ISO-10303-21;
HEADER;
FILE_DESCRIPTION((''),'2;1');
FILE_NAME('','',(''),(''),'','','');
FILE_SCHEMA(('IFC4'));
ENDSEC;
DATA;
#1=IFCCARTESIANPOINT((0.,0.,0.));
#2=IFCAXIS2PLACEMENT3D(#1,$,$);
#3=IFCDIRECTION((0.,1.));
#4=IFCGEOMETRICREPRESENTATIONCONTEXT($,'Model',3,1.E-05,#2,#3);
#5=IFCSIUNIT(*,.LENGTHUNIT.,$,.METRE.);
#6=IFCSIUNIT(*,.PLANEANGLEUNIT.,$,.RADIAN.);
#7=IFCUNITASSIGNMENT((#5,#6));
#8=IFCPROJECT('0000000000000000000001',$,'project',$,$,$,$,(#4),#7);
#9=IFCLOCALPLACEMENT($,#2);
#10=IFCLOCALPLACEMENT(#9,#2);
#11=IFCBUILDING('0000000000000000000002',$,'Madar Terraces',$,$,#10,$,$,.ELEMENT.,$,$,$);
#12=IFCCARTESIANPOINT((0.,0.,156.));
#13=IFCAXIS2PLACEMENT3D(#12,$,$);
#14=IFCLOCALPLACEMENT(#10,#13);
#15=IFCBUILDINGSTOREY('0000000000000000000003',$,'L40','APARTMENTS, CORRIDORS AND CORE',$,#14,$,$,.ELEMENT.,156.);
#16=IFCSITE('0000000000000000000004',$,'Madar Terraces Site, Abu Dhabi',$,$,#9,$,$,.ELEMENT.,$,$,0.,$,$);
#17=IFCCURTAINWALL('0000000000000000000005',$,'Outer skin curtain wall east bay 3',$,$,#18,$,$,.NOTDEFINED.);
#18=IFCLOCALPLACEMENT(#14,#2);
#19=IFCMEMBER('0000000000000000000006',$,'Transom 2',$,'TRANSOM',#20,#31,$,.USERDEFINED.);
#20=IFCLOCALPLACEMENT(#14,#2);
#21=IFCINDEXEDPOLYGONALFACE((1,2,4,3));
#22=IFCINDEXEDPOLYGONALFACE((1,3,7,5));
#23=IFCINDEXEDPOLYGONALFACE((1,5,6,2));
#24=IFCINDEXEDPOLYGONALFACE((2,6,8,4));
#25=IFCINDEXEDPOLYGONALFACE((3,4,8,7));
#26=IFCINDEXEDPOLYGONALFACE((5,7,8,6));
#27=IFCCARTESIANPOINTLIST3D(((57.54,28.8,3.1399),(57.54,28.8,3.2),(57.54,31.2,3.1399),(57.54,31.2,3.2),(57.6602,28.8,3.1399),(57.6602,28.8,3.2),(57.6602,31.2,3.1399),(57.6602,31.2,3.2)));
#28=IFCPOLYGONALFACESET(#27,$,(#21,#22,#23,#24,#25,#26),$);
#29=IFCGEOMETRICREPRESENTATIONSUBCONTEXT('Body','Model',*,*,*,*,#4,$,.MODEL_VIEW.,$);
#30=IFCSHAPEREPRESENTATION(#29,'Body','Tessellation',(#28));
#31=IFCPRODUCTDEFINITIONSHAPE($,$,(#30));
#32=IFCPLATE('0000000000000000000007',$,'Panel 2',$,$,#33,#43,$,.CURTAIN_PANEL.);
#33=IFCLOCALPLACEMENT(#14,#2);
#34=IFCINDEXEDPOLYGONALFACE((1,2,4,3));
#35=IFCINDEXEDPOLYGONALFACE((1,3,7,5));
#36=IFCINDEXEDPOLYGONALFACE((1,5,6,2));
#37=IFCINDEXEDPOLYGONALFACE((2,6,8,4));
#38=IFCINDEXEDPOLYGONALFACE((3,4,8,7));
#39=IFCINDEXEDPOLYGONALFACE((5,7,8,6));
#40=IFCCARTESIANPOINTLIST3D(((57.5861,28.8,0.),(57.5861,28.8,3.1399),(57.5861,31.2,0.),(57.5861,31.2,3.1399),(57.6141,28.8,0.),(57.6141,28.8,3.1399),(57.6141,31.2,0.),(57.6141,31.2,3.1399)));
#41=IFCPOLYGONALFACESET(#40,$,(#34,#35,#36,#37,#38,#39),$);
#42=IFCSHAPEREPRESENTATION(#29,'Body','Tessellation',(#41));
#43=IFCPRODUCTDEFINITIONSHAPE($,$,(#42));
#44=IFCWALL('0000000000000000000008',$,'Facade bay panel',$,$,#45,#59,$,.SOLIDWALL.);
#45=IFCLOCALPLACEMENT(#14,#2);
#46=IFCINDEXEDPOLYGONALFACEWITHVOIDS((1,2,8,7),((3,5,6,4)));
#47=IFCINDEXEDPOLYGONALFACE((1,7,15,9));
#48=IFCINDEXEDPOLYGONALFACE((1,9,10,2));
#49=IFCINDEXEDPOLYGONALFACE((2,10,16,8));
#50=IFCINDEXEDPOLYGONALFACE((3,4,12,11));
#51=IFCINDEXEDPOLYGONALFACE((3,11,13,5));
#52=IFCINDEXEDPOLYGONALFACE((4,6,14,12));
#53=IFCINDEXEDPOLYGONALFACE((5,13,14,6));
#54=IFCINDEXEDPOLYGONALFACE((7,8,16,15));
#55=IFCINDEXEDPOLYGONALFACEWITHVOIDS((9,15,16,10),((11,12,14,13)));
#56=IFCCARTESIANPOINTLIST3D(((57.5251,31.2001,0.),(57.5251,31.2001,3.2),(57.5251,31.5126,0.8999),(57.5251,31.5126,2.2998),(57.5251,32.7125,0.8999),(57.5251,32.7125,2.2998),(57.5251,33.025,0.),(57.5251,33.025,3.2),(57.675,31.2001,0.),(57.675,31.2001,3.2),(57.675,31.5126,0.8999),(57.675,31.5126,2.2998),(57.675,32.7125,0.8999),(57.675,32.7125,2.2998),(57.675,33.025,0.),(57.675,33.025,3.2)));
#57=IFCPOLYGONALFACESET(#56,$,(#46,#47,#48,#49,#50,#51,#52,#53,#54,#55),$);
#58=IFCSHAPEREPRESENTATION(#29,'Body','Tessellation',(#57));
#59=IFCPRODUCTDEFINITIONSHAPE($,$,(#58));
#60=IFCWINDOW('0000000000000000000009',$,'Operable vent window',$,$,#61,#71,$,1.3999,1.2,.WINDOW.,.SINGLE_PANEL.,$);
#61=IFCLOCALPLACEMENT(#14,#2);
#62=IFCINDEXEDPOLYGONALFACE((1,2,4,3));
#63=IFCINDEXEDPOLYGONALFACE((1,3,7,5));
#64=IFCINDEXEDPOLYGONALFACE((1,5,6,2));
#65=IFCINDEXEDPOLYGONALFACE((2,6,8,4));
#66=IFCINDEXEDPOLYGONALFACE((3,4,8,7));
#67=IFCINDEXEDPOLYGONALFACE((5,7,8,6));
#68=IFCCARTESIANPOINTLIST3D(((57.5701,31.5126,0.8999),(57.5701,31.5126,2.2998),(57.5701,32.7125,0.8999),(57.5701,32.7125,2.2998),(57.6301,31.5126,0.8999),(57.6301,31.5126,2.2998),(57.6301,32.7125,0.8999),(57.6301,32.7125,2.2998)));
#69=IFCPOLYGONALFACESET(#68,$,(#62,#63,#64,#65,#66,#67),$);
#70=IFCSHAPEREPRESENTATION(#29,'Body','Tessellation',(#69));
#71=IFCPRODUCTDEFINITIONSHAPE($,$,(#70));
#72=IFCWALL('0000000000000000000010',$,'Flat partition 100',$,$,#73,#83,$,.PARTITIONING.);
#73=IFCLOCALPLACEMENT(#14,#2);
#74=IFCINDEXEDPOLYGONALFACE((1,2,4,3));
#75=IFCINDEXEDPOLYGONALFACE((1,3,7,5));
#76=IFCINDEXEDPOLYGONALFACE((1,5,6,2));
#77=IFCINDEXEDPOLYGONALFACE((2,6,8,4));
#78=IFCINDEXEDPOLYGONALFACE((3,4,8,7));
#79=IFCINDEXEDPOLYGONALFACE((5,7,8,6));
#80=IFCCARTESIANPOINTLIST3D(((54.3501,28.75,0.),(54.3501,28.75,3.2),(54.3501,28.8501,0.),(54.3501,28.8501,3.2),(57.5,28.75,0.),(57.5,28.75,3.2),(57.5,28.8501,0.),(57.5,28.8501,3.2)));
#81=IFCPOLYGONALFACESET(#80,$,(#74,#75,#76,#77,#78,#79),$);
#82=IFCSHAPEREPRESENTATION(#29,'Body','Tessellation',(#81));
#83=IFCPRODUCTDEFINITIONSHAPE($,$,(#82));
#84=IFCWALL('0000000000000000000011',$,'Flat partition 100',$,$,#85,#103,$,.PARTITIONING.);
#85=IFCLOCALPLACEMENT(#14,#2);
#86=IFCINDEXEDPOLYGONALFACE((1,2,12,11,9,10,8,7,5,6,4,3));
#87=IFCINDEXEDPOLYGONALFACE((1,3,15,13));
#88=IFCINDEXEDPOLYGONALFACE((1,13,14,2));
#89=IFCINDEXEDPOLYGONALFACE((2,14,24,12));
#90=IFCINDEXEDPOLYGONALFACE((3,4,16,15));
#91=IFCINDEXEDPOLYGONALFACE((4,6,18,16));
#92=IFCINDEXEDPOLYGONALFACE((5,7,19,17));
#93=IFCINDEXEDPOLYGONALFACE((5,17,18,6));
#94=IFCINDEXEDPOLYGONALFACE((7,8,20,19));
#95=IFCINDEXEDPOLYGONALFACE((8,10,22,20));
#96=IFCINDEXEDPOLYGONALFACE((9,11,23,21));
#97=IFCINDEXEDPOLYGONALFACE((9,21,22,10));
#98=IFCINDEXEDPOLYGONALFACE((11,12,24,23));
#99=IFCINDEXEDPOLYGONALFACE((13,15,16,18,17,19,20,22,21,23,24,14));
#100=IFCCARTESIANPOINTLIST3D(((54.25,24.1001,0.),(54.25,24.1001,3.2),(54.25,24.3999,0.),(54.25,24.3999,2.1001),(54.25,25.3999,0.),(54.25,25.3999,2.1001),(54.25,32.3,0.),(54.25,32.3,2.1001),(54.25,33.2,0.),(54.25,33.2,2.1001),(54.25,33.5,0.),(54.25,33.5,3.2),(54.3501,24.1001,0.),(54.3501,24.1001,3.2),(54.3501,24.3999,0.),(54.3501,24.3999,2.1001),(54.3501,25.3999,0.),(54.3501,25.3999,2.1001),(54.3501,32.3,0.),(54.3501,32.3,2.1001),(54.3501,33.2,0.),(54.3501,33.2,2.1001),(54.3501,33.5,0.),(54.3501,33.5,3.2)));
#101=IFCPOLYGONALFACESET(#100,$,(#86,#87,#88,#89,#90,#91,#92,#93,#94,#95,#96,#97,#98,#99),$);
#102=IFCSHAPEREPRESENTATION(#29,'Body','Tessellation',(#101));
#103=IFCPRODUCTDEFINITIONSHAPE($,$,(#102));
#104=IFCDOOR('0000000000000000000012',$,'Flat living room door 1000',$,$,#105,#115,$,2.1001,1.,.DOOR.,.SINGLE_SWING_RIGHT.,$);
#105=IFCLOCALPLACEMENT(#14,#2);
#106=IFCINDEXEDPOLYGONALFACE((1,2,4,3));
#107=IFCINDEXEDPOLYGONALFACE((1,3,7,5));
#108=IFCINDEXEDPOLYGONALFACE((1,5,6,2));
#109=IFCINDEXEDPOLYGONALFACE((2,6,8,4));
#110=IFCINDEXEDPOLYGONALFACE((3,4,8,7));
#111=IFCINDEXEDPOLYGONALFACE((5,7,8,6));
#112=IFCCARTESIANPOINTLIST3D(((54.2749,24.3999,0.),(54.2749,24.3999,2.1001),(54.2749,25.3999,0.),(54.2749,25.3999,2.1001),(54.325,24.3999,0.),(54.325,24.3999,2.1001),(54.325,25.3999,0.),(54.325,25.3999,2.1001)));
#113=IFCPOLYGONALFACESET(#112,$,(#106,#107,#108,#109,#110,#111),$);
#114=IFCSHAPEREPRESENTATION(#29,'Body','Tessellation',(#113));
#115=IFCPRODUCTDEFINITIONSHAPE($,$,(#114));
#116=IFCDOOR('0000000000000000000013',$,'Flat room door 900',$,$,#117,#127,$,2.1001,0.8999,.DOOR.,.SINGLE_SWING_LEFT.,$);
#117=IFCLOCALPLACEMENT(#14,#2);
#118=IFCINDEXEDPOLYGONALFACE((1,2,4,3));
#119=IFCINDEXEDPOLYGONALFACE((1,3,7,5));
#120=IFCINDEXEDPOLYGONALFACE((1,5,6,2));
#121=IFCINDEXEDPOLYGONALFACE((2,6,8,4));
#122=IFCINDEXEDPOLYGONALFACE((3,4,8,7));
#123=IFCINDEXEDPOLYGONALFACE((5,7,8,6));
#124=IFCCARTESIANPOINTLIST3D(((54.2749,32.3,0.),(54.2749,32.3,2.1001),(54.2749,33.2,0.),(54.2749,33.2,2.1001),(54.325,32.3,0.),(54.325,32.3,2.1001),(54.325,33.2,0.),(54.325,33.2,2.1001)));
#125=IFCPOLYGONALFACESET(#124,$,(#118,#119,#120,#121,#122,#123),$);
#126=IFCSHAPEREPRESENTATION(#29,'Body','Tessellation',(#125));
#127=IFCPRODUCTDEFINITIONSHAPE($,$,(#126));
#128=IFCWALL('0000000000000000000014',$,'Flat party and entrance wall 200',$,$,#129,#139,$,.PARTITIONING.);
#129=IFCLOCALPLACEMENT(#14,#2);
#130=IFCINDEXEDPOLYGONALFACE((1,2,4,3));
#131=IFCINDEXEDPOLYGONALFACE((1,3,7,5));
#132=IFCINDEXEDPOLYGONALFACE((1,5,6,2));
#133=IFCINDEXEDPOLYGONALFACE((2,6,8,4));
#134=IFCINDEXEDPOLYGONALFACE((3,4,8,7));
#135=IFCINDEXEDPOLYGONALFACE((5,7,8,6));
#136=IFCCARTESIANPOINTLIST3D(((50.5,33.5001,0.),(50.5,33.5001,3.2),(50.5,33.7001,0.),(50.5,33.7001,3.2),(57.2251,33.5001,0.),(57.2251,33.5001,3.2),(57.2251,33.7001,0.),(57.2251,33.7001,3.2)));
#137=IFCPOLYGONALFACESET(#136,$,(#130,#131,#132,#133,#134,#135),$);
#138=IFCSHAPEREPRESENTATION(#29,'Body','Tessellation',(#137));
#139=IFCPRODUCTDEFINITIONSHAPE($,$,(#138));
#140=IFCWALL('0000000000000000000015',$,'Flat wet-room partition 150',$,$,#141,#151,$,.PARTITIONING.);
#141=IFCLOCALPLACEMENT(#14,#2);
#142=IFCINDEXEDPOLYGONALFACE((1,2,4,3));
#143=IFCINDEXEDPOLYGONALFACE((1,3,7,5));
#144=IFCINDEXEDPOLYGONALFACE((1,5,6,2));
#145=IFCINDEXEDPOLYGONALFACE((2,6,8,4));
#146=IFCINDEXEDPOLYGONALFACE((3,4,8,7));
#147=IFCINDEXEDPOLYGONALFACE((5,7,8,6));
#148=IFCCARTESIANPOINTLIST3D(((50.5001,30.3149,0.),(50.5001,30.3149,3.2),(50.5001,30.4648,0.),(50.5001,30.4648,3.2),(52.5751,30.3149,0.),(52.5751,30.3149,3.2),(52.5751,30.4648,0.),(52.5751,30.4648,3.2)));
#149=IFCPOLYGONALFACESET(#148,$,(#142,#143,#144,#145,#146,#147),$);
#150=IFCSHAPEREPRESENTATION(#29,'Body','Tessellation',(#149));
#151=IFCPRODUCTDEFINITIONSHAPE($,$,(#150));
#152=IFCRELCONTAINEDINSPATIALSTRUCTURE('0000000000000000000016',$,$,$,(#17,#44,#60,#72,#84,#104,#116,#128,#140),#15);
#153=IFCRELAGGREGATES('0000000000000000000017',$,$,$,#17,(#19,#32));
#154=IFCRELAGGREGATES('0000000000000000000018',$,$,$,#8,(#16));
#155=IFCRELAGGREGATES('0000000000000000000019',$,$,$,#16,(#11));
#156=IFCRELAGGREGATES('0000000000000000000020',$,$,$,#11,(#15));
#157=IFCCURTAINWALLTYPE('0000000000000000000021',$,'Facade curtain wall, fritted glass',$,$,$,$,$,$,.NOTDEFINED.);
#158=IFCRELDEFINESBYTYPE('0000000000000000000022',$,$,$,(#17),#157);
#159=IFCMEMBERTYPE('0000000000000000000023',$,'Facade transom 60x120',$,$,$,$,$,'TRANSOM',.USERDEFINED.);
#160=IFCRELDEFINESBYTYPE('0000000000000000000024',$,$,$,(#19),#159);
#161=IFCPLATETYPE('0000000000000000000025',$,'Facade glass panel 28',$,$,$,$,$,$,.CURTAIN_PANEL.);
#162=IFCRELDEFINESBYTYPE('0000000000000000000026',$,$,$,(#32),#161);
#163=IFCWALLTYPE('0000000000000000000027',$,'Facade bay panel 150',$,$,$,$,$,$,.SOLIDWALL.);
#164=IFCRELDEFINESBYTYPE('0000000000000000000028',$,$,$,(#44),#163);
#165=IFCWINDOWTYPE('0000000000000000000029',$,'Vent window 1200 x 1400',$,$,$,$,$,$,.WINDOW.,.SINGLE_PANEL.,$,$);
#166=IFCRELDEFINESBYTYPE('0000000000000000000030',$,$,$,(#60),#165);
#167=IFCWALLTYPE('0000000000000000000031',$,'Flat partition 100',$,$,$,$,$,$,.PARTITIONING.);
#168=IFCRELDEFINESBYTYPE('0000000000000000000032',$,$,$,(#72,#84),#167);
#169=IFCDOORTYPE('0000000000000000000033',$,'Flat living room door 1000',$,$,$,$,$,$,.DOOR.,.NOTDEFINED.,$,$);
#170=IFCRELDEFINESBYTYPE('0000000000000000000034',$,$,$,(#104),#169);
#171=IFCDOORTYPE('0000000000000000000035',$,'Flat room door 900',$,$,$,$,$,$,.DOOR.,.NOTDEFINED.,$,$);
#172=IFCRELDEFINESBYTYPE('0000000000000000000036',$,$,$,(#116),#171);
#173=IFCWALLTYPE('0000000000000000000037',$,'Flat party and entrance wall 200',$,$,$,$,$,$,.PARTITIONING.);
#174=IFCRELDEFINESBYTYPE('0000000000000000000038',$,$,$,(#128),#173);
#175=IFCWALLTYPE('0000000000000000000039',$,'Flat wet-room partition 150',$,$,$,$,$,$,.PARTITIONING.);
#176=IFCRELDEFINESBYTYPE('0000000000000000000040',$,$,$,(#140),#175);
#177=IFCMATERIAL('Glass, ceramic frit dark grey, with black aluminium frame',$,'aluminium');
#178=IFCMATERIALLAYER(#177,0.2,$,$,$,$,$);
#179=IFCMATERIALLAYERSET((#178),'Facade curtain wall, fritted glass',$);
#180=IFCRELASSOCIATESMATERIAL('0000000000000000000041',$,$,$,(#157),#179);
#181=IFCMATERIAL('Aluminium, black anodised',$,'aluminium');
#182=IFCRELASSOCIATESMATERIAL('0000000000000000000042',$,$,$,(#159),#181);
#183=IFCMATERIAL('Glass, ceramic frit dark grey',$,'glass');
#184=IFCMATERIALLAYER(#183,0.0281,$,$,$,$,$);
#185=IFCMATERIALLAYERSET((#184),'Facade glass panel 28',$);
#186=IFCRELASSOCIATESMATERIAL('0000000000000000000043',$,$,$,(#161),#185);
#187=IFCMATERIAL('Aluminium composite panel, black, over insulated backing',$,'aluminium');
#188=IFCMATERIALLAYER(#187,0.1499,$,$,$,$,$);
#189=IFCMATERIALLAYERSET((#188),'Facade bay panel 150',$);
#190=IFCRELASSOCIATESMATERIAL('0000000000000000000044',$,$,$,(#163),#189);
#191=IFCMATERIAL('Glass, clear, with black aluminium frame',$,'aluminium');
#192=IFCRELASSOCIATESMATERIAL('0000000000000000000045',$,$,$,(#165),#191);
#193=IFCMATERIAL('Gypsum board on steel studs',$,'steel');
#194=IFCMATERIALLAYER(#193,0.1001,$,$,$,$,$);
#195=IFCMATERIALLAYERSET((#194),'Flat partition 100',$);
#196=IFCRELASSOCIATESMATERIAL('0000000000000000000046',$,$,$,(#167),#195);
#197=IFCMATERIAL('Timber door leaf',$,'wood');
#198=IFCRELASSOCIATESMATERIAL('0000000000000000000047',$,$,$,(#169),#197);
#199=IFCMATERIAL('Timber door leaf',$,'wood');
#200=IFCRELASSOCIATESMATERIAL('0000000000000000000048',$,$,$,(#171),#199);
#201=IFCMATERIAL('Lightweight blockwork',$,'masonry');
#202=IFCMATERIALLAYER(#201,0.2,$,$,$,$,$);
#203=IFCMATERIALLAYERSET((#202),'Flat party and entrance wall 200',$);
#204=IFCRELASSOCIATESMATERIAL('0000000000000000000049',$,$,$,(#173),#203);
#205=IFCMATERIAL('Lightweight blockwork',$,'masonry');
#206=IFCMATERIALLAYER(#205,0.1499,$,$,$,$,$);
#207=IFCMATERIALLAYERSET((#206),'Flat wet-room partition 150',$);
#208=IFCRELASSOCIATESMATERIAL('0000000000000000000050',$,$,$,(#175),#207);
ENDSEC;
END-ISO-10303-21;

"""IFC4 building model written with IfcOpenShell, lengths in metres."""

from ifc_helpers import new_model, si_unit, direction, frame, frame_2d, origin, origin_2d, place, context, subcontext, project, spatial, rectangle, extrude, material, layer, layer_set, material_profile, profile_set, type_object, element, fill, aggregate, save


model = new_model("IFC4")

# Units and contexts
model_context = context("Model", 3, precision=1e-05, world=origin(), true_north=direction((0.0, 1.0)))
body_context = subcontext(model_context, "Body", "Model", "MODEL_VIEW")
ifc_project = project(units=[si_unit("LENGTHUNIT", "METRE"), si_unit("PLANEANGLEUNIT", "RADIAN")], contexts=[model_context])

# Site, building, storey
site_placement = place(None, origin())
site = spatial("IfcSite", under=ifc_project, at=site_placement, Name="Madar Terraces Site, Abu Dhabi", CompositionType="ELEMENT", RefElevation=0.0)
building_placement = place(site_placement, origin())
building = spatial("IfcBuilding", under=site, at=building_placement, Name="Madar Terraces", CompositionType="ELEMENT")
storey_placement = place(building_placement, frame((0.0, 0.0, 156.0)))
storey = spatial("IfcBuildingStorey", under=building, at=storey_placement, Name="L40", Description="APARTMENTS, CORRIDORS AND CORE", CompositionType="ELEMENT", Elevation=156.0)

# Curtain wall, member, plate
ifc_material_1 = material(Name="Glass, ceramic frit dark grey, with black aluminium frame", Category="aluminium")
ifc_layer_1 = layer(ifc_material_1, 0.2)
ifc_layer_set_1 = layer_set([ifc_layer_1], Name="Facade curtain wall, fritted glass")
curtain_wall_type = type_object("IfcCurtainWallType", Name="Facade curtain wall, fritted glass", PredefinedType="NOTDEFINED", material=ifc_layer_set_1)
curtain_wall_placement = place(storey_placement, origin())
curtain_wall = element("IfcCurtainWall", 1, at=curtain_wall_placement, inside=storey, type_object=curtain_wall_type, Name="Outer skin curtain wall east bay 3", PredefinedType="NOTDEFINED")
ifc_material_2 = material(Name="Aluminium, black anodised", Category="aluminium")
ifc_material_profile = material_profile(ifc_material_2, rectangle(XDim=0.1201, YDim=0.0601, at=origin_2d()), Name="Facade transom 60x120")
ifc_profile_set = profile_set([ifc_material_profile], Name="Aluminium, black anodised")
member_type = type_object("IfcMemberType", Name="Facade transom 60x120", ElementType="TRANSOM", PredefinedType="USERDEFINED", material=ifc_profile_set)
member_placement = place(storey_placement, frame((57.6001, 28.8, 3.1699), z_axis=(0.0, 1.0, 0.0), x_axis=(-1.0, 0.0, 0.0)))
member = element("IfcMember", 2, at=member_placement, type_object=member_type, Name="Transom 2", ObjectType="TRANSOM", PredefinedType="USERDEFINED", context=body_context, shape_type="SweptSolid", body=[
    extrude(rectangle(XDim=0.1201, YDim=0.0601, at=origin_2d()), origin(), (0.0, 0.0, 1.0), 2.3999),
])
ifc_material_3 = material(Name="Glass, ceramic frit dark grey", Category="glass")
ifc_layer_2 = layer(ifc_material_3, 0.0281)
ifc_layer_set_2 = layer_set([ifc_layer_2], Name="Facade glass panel 28")
plate_type = type_object("IfcPlateType", Name="Facade glass panel 28", PredefinedType="CURTAIN_PANEL", material=ifc_layer_set_2)
plate_placement = place(storey_placement, frame((57.6001, 30.0, 0.0), z_axis=(0.0, 0.0, 1.0), x_axis=(0.0, 1.0, 0.0)))
plate = element("IfcPlate", 3, at=plate_placement, type_object=plate_type, Name="Panel 2", PredefinedType="CURTAIN_PANEL", context=body_context, shape_type="SweptSolid", body=[
    extrude(rectangle(XDim=2.3999, YDim=0.0281, at=origin_2d()), origin(), (0.0, 0.0, 1.0), 3.1399),
])
aggregate(curtain_wall, [member, plate])

# Shared definitions
ifc_material_4 = material(Name="Aluminium composite panel, black, over insulated backing", Category="aluminium")
ifc_layer_3 = layer(ifc_material_4, 0.1499)
ifc_layer_set_3 = layer_set([ifc_layer_3], Name="Facade bay panel 150")
wall_type_1 = type_object("IfcWallType", Name="Facade bay panel 150", PredefinedType="SOLIDWALL", material=ifc_layer_set_3)

# Wall, opening, window
wall_1_placement = place(storey_placement, frame((57.6001, 31.2, 0.0), z_axis=(0.0, 0.0, 1.0), x_axis=(0.0, 1.0, 0.0)))
wall_1 = element("IfcWall", 4, at=wall_1_placement, inside=storey, type_object=wall_type_1, Name="Facade bay panel", PredefinedType="SOLIDWALL", context=body_context, shape_type="SweptSolid", body=[
    extrude(rectangle(XDim=1.825, YDim=0.1499, at=frame_2d((0.9126, 0.0))), origin(), (0.0, 0.0, 1.0), 3.2),
])
opening_1_placement = place(wall_1_placement, frame((0.3125, 0.0, 0.8999)))
opening_1 = element("IfcOpeningElement", 5, at=opening_1_placement, cuts=wall_1, PredefinedType="OPENING", context=body_context, shape_type="SweptSolid", body=[
    extrude(rectangle(XDim=1.2, YDim=1.3999, at=frame_2d((0.6001, 0.7))), frame((0.0, 0.085, 0.0), z_axis=(0.0, -1.0, 0.0), x_axis=(1.0, 0.0, 0.0)), (0.0, 0.0, 1.0), 0.1699),
])
ifc_material_5 = material(Name="Glass, clear, with black aluminium frame", Category="aluminium")
window_type = type_object("IfcWindowType", Name="Vent window 1200 x 1400", PartitioningType="SINGLE_PANEL", PredefinedType="WINDOW", material=ifc_material_5)
window_placement = place(opening_1_placement, origin())
window = element("IfcWindow", 6, at=window_placement, inside=storey, type_object=window_type, Name="Operable vent window", OverallHeight=1.3999, OverallWidth=1.2, PartitioningType="SINGLE_PANEL", PredefinedType="WINDOW", context=body_context, shape_type="SweptSolid", body=[
    extrude(rectangle(XDim=1.2, YDim=1.3999, at=frame_2d((0.6001, 0.7))), frame((0.0, 0.03, 0.0), z_axis=(0.0, -1.0, 0.0), x_axis=(1.0, 0.0, 0.0)), (0.0, 0.0, 1.0), 0.0601),
])
fill(opening_1, window)

# Wall
ifc_material_6 = material(Name="Gypsum board on steel studs", Category="steel")
ifc_layer_4 = layer(ifc_material_6, 0.1001)
ifc_layer_set_4 = layer_set([ifc_layer_4], Name="Flat partition 100")
wall_type_2 = type_object("IfcWallType", Name="Flat partition 100", PredefinedType="PARTITIONING", material=ifc_layer_set_4)
wall_2_placement = place(storey_placement, frame((54.3501, 28.8, 0.0), z_axis=(0.0, 0.0, 1.0), x_axis=(1.0, 0.0, 0.0)))
element("IfcWall", 7, at=wall_2_placement, inside=storey, type_object=wall_type_2, Name="Flat partition 100", PredefinedType="PARTITIONING", context=body_context, shape_type="SweptSolid", body=[
    extrude(rectangle(XDim=3.1499, YDim=0.1001, at=frame_2d((1.575, 0.0))), origin(), (0.0, 0.0, 1.0), 3.2),
])

# Wall, openings, doors
wall_3_placement = place(storey_placement, frame((54.3, 33.5, 0.0), z_axis=(0.0, 0.0, 1.0), x_axis=(0.0, -1.0, 0.0)))
wall_3 = element("IfcWall", 8, at=wall_3_placement, inside=storey, type_object=wall_type_2, Name="Flat partition 100", PredefinedType="PARTITIONING", context=body_context, shape_type="SweptSolid", body=[
    extrude(rectangle(XDim=9.3999, YDim=0.1001, at=frame_2d((4.7, 0.0))), origin(), (0.0, 0.0, 1.0), 3.2),
])
opening_2_placement = place(wall_3_placement, frame((8.1001, 0.0, 0.0)))
opening_2 = element("IfcOpeningElement", 9, at=opening_2_placement, cuts=wall_3, PredefinedType="OPENING", context=body_context, shape_type="SweptSolid", body=[
    extrude(rectangle(XDim=1.0, YDim=2.1001, at=frame_2d((0.5, 1.05))), frame((0.0, 0.0601, 0.0), z_axis=(0.0, -1.0, 0.0), x_axis=(1.0, 0.0, 0.0)), (0.0, 0.0, 1.0), 0.1201),
])
opening_3_placement = place(wall_3_placement, frame((0.3, 0.0, 0.0)))
opening_3 = element("IfcOpeningElement", 10, at=opening_3_placement, cuts=wall_3, PredefinedType="OPENING", context=body_context, shape_type="SweptSolid", body=[
    extrude(rectangle(XDim=0.8999, YDim=2.1001, at=frame_2d((0.45, 1.05))), frame((0.0, 0.0601, 0.0), z_axis=(0.0, -1.0, 0.0), x_axis=(1.0, 0.0, 0.0)), (0.0, 0.0, 1.0), 0.1201),
])
ifc_material_7 = material(Name="Timber door leaf", Category="wood")
door_type_1 = type_object("IfcDoorType", Name="Flat living room door 1000", OperationType="NOTDEFINED", PredefinedType="DOOR", material=ifc_material_7)
door_1_placement = place(opening_2_placement, origin())
door_1 = element("IfcDoor", 11, at=door_1_placement, inside=storey, type_object=door_type_1, Name="Flat living room door 1000", OperationType="SINGLE_SWING_RIGHT", OverallHeight=2.1001, OverallWidth=1.0, PredefinedType="DOOR", context=body_context, shape_type="SweptSolid", body=[
    extrude(rectangle(XDim=1.0, YDim=2.1001, at=frame_2d((0.5, 1.05))), frame((0.0, 0.0249, 0.0), z_axis=(0.0, -1.0, 0.0), x_axis=(1.0, 0.0, 0.0)), (0.0, 0.0, 1.0), 0.05),
])
fill(opening_2, door_1)
ifc_material_8 = material(Name="Timber door leaf", Category="wood")
door_type_2 = type_object("IfcDoorType", Name="Flat room door 900", OperationType="NOTDEFINED", PredefinedType="DOOR", material=ifc_material_8)
door_2_placement = place(opening_3_placement, origin())
door_2 = element("IfcDoor", 12, at=door_2_placement, inside=storey, type_object=door_type_2, Name="Flat room door 900", OperationType="SINGLE_SWING_LEFT", OverallHeight=2.1001, OverallWidth=0.8999, PredefinedType="DOOR", context=body_context, shape_type="SweptSolid", body=[
    extrude(rectangle(XDim=0.8999, YDim=2.1001, at=frame_2d((0.45, 1.05))), frame((0.0, 0.0249, 0.0), z_axis=(0.0, -1.0, 0.0), x_axis=(1.0, 0.0, 0.0)), (0.0, 0.0, 1.0), 0.05),
])
fill(opening_3, door_2)

# Walls
ifc_material_9 = material(Name="Lightweight blockwork", Category="masonry")
ifc_layer_5 = layer(ifc_material_9, 0.2)
ifc_layer_set_5 = layer_set([ifc_layer_5], Name="Flat party and entrance wall 200")
wall_type_3 = type_object("IfcWallType", Name="Flat party and entrance wall 200", PredefinedType="PARTITIONING", material=ifc_layer_set_5)
wall_4_placement = place(storey_placement, frame((50.5, 33.6001, 0.0), z_axis=(0.0, 0.0, 1.0), x_axis=(1.0, 0.0, 0.0)))
element("IfcWall", 13, at=wall_4_placement, inside=storey, type_object=wall_type_3, Name="Flat party and entrance wall 200", PredefinedType="PARTITIONING", context=body_context, shape_type="SweptSolid", body=[
    extrude(rectangle(XDim=6.7251, YDim=0.2, at=frame_2d((3.3625, 0.0))), origin(), (0.0, 0.0, 1.0), 3.2),
])
ifc_material_10 = material(Name="Lightweight blockwork", Category="masonry")
ifc_layer_6 = layer(ifc_material_10, 0.1499)
ifc_layer_set_6 = layer_set([ifc_layer_6], Name="Flat wet-room partition 150")
wall_type_4 = type_object("IfcWallType", Name="Flat wet-room partition 150", PredefinedType="PARTITIONING", material=ifc_layer_set_6)
wall_5_placement = place(storey_placement, frame((50.5, 30.3899, 0.0), z_axis=(0.0, 0.0, 1.0), x_axis=(1.0, 0.0, 0.0)))
element("IfcWall", 14, at=wall_5_placement, inside=storey, type_object=wall_type_4, Name="Flat wet-room partition 150", PredefinedType="PARTITIONING", context=body_context, shape_type="SweptSolid", body=[
    extrude(rectangle(XDim=2.075, YDim=0.1499, at=frame_2d((1.0376, 0.0))), origin(), (0.0, 0.0, 1.0), 3.2),
])

save(model, "model.ifc")
